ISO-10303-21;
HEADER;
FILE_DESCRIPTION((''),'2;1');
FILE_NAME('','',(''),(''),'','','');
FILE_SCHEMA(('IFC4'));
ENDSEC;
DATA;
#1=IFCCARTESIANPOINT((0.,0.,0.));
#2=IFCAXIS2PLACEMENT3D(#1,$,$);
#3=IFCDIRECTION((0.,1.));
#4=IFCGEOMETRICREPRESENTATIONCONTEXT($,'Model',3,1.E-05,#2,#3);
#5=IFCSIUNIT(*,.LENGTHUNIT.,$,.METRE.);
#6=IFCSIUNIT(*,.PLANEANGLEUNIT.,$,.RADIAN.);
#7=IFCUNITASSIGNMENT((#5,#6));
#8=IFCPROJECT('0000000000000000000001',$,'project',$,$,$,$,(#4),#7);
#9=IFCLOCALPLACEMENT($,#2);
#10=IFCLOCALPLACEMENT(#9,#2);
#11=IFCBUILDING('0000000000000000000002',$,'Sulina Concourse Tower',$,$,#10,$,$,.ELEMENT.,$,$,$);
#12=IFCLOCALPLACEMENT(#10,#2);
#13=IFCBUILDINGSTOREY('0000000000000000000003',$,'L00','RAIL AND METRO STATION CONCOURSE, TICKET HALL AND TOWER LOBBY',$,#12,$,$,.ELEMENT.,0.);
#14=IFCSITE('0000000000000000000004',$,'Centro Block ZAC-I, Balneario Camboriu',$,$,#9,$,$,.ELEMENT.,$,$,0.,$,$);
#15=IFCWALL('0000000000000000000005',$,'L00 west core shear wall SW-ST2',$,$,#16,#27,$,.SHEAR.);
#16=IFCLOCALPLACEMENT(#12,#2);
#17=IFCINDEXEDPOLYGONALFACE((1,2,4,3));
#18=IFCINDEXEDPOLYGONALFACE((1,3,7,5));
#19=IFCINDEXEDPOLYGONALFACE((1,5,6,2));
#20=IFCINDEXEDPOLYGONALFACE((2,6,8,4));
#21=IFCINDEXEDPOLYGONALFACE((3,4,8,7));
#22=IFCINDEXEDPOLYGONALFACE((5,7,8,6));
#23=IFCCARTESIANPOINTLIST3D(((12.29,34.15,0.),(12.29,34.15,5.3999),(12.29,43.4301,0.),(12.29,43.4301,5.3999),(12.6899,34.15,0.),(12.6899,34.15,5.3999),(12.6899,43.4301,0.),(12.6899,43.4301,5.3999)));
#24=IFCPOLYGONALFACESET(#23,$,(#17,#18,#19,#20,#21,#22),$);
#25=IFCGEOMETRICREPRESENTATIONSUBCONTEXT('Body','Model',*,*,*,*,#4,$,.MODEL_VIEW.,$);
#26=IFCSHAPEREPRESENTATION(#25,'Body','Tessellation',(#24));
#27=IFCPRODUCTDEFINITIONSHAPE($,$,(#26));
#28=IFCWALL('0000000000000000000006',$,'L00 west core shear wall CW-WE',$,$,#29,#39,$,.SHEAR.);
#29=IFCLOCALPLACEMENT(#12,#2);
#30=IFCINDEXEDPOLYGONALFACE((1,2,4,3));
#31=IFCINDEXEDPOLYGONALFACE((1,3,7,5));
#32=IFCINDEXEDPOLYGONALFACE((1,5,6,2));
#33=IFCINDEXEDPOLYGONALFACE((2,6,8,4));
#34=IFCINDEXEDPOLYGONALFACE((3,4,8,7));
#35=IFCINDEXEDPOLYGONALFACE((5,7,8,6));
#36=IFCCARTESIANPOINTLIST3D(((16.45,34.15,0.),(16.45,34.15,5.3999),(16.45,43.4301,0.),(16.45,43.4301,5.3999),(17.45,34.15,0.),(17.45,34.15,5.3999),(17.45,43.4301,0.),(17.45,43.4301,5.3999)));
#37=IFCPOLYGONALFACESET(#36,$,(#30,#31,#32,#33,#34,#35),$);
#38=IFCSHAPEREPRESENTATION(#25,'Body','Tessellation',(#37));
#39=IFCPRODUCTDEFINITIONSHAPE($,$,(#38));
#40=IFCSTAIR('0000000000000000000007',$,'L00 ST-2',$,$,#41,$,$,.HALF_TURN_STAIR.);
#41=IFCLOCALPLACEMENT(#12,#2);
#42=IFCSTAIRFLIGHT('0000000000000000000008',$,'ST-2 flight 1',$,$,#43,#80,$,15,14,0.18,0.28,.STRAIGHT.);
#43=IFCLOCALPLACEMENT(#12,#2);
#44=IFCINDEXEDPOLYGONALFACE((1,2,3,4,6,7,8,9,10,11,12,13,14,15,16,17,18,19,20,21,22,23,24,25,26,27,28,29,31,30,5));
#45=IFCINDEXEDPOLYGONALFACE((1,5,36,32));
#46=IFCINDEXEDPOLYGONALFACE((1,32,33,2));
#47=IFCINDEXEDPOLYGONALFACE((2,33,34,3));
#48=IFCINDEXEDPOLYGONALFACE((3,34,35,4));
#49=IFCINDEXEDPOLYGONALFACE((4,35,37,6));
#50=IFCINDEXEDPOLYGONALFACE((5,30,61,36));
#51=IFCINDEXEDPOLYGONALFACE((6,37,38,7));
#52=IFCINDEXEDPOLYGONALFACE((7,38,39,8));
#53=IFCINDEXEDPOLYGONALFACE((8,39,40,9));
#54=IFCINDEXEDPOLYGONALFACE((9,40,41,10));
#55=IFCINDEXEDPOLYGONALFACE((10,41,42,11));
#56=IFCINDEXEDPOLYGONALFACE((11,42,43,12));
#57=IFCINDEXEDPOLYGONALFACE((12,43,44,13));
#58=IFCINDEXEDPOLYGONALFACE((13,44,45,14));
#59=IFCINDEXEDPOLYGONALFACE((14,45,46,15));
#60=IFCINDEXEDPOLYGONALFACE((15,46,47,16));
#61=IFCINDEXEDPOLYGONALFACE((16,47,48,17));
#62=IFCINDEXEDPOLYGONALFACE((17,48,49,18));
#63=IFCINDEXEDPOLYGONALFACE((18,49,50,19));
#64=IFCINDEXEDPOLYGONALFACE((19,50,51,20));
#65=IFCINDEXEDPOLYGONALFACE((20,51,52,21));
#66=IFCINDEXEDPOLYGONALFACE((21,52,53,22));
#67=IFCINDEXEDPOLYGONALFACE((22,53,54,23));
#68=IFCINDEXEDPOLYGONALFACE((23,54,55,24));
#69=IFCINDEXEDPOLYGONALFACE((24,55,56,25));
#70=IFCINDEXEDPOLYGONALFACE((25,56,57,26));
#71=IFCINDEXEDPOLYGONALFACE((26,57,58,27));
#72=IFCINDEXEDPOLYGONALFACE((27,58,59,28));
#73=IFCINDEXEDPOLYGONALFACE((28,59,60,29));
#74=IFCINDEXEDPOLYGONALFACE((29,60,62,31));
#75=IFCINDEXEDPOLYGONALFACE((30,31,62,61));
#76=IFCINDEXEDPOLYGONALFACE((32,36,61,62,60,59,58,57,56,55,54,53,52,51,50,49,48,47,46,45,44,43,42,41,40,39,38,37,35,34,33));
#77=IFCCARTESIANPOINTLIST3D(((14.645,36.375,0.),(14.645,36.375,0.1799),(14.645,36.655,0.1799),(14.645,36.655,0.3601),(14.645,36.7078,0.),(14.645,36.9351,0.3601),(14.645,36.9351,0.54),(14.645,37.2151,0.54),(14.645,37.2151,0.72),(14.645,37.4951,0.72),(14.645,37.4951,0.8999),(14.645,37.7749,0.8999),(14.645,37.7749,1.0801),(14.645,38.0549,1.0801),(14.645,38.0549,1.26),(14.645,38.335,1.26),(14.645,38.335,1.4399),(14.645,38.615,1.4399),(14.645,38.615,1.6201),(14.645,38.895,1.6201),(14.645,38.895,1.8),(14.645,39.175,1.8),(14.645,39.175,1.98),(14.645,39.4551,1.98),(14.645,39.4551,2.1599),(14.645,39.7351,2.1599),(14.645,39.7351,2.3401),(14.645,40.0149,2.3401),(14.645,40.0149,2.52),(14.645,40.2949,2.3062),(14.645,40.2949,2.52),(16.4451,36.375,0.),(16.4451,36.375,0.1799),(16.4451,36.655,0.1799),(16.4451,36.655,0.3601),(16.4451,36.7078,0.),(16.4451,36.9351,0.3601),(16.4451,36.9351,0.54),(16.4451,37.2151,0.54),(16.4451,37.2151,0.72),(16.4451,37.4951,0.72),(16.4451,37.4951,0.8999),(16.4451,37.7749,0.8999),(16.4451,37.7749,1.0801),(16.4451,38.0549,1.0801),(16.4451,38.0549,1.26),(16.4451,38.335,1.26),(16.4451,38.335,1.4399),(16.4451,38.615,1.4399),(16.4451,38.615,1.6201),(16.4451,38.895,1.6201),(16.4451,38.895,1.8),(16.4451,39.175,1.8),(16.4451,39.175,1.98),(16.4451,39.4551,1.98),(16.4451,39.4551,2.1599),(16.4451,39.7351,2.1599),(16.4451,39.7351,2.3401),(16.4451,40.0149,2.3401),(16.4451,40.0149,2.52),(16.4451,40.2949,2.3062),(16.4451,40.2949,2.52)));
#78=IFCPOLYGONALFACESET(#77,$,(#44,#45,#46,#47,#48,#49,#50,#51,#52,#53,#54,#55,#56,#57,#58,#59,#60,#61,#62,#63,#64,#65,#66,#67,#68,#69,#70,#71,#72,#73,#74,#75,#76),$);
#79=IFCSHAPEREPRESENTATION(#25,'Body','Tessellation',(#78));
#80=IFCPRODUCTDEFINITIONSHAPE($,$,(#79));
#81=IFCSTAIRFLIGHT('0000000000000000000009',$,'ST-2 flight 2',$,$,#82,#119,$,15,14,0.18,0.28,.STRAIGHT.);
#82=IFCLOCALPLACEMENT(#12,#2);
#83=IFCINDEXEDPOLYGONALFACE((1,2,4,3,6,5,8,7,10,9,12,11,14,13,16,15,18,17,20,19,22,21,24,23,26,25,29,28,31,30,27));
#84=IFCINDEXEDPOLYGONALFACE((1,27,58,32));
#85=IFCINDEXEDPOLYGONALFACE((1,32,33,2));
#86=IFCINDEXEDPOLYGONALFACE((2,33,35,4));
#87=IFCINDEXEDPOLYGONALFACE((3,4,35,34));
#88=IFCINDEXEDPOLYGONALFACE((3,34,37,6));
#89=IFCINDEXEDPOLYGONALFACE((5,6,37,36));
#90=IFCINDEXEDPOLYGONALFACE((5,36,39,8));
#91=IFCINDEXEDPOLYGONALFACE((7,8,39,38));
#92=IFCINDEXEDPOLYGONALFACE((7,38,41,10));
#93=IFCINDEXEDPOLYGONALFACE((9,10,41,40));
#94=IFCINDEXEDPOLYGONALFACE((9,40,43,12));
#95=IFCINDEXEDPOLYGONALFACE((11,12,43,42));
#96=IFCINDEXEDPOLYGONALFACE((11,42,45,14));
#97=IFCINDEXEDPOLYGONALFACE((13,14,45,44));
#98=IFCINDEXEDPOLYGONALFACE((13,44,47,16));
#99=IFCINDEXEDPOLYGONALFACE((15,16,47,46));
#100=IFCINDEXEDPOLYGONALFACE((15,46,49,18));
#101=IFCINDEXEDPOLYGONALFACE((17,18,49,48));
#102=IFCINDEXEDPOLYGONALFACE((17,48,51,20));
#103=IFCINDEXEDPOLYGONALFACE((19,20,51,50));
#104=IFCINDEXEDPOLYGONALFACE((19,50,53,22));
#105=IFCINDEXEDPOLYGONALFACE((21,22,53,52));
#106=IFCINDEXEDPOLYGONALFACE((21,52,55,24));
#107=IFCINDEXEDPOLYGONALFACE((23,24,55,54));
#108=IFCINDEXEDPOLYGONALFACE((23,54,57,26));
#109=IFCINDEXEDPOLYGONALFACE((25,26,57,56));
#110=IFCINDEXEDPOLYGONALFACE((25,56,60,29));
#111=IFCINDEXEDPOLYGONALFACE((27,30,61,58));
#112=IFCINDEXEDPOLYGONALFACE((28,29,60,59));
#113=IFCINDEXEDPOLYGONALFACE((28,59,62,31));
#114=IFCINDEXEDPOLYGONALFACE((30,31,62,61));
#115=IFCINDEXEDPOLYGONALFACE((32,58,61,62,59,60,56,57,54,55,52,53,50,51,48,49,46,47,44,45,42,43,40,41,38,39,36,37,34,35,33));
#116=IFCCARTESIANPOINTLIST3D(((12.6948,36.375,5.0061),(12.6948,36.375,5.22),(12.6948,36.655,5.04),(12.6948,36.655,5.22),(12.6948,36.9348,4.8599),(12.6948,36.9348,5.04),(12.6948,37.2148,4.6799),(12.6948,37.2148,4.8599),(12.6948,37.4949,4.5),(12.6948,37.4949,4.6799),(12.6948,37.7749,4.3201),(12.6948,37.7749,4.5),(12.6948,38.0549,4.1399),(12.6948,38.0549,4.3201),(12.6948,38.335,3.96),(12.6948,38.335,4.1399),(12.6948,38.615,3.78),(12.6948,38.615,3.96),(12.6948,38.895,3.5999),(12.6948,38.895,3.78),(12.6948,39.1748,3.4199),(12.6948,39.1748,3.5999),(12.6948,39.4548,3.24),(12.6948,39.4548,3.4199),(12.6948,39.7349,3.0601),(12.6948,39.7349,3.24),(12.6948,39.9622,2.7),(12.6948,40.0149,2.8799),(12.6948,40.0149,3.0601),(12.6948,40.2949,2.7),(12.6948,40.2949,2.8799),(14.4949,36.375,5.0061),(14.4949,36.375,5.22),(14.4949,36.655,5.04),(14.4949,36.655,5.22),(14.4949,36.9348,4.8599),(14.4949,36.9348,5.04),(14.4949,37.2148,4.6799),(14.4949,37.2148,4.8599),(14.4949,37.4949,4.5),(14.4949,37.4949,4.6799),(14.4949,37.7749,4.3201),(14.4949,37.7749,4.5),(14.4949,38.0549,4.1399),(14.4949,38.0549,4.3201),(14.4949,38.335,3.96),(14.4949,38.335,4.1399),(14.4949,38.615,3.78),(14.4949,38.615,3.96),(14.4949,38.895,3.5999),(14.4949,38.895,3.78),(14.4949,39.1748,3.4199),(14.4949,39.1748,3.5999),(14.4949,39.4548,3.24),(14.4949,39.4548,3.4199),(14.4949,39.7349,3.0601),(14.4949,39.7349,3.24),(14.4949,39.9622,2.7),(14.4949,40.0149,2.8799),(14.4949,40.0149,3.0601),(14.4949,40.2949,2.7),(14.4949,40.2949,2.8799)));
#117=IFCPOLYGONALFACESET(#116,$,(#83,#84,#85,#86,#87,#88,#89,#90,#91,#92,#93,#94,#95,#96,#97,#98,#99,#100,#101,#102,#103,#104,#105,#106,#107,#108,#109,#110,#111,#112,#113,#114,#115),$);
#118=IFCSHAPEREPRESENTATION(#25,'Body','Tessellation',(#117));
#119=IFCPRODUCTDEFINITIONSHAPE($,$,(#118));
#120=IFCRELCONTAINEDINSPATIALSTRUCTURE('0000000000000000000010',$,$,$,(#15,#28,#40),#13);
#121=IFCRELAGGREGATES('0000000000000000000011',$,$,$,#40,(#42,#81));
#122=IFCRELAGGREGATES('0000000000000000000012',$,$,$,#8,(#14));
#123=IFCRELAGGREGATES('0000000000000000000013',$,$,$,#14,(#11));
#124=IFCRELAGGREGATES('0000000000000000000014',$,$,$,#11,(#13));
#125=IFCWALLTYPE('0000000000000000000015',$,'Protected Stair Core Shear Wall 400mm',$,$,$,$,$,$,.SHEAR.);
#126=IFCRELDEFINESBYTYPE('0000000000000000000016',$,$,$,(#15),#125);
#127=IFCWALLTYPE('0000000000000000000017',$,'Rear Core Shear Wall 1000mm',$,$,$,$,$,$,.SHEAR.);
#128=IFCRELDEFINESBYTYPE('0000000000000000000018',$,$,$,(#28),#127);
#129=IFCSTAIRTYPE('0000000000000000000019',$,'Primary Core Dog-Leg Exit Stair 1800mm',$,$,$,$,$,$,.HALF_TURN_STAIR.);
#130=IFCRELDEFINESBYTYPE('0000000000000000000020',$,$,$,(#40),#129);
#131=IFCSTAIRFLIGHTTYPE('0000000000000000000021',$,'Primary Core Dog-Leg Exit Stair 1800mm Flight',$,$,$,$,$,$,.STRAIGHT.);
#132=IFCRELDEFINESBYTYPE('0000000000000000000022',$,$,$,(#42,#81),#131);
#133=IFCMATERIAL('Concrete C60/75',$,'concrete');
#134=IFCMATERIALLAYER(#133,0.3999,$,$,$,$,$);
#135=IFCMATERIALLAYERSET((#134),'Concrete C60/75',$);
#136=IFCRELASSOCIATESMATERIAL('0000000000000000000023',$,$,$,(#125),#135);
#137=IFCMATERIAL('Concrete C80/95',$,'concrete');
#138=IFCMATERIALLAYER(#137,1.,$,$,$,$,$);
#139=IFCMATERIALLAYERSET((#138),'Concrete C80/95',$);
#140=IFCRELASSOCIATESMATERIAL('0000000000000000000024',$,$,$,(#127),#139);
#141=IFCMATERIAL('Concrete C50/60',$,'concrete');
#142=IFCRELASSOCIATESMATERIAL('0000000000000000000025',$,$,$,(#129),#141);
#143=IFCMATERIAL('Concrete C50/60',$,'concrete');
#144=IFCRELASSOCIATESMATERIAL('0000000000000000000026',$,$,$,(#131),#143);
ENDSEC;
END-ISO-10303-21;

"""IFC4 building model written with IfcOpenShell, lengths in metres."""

from ifc_helpers import new_model, si_unit, direction, frame, frame_2d, origin, place, context, subcontext, project, spatial, polyline, rectangle, outline, extrude, material, layer, layer_set, type_object, element, aggregate, save


model = new_model("IFC4")

# Units and contexts
model_context = context("Model", 3, precision=1e-05, world=origin(), true_north=direction((0.0, 1.0)))
body_context = subcontext(model_context, "Body", "Model", "MODEL_VIEW")
ifc_project = project(units=[si_unit("LENGTHUNIT", "METRE"), si_unit("PLANEANGLEUNIT", "RADIAN")], contexts=[model_context])

# Site, building, storey
site_placement = place(None, origin())
site = spatial("IfcSite", under=ifc_project, at=site_placement, Name="Centro Block ZAC-I, Balneario Camboriu", CompositionType="ELEMENT", RefElevation=0.0)
building_placement = place(site_placement, origin())
building = spatial("IfcBuilding", under=site, at=building_placement, Name="Sulina Concourse Tower", CompositionType="ELEMENT")
storey_placement = place(building_placement, origin())
storey = spatial("IfcBuildingStorey", under=building, at=storey_placement, Name="L00", Description="RAIL AND METRO STATION CONCOURSE, TICKET HALL AND TOWER LOBBY", CompositionType="ELEMENT", Elevation=0.0)

# Shared definitions
ifc_material_1 = material(Name="Concrete C60/75", Category="concrete")
ifc_layer_1 = layer(ifc_material_1, 0.3999)
ifc_layer_set_1 = layer_set([ifc_layer_1], Name="Concrete C60/75")
wall_type_1 = type_object("IfcWallType", Name="Protected Stair Core Shear Wall 400mm", PredefinedType="SHEAR", material=ifc_layer_set_1)

# Walls
wall_1_placement = place(storey_placement, frame((12.49, 34.1499, 0.0), z_axis=(0.0, 0.0, 1.0), x_axis=(0.0, 1.0, 0.0)))
element("IfcWall", 1, at=wall_1_placement, inside=storey, type_object=wall_type_1, Name="L00 west core shear wall SW-ST2", PredefinedType="SHEAR", context=body_context, shape_type="SweptSolid", body=[
    extrude(rectangle(XDim=9.28, YDim=0.3999, at=frame_2d((4.6401, 0.0))), origin(), (0.0, 0.0, 1.0), 5.3999),
])
ifc_material_2 = material(Name="Concrete C80/95", Category="concrete")
ifc_layer_2 = layer(ifc_material_2, 1.0)
ifc_layer_set_2 = layer_set([ifc_layer_2], Name="Concrete C80/95")
wall_type_2 = type_object("IfcWallType", Name="Rear Core Shear Wall 1000mm", PredefinedType="SHEAR", material=ifc_layer_set_2)
wall_2_placement = place(storey_placement, frame((16.95, 34.1499, 0.0), z_axis=(0.0, 0.0, 1.0), x_axis=(0.0, 1.0, 0.0)))
element("IfcWall", 2, at=wall_2_placement, inside=storey, type_object=wall_type_2, Name="L00 west core shear wall CW-WE", PredefinedType="SHEAR", context=body_context, shape_type="SweptSolid", body=[
    extrude(rectangle(XDim=9.28, YDim=1.0, at=frame_2d((4.6401, 0.0))), origin(), (0.0, 0.0, 1.0), 5.3999),
])

# Stair, stair flights
ifc_material_3 = material(Name="Concrete C50/60", Category="concrete")
stair_type = type_object("IfcStairType", Name="Primary Core Dog-Leg Exit Stair 1800mm", PredefinedType="HALF_TURN_STAIR", material=ifc_material_3)
stair_placement = place(storey_placement, origin())
stair = element("IfcStair", 3, at=stair_placement, inside=storey, type_object=stair_type, Name="L00 ST-2", PredefinedType="HALF_TURN_STAIR")
ifc_material_4 = material(Name="Concrete C50/60", Category="concrete")
stair_flight_type = type_object("IfcStairFlightType", Name="Primary Core Dog-Leg Exit Stair 1800mm Flight", PredefinedType="STRAIGHT", material=ifc_material_4)
stair_flight_1_placement = place(storey_placement, frame((15.5449, 36.375, 0.0), z_axis=(0.0, 0.0, 1.0), x_axis=(0.0, 1.0, 0.0)))
stair_flight_1 = element("IfcStairFlight", 4, at=stair_flight_1_placement, type_object=stair_flight_type, Name="ST-2 flight 1", NumberOfRisers=15, NumberOfTreads=14, PredefinedType="STRAIGHT", RiserHeight=0.18, TreadLength=0.28, context=body_context, shape_type="SweptSolid", body=[
    extrude(outline(polyline([(0.0, 0.0), (0.0, 0.1799), (0.28, 0.1799), (0.28, 0.3601), (0.5601, 0.3601), (0.5601, 0.54), (0.8401, 0.54), (0.8401, 0.72), (1.1201, 0.72), (1.1201, 0.8999), (1.3999, 0.8999), (1.3999, 1.0801), (1.6799, 1.0801), (1.6799, 1.26), (1.96, 1.26), (1.96, 1.4399), (2.24, 1.4399), (2.24, 1.6201), (2.52, 1.6201), (2.52, 1.8), (2.8, 1.8), (2.8, 1.98), (3.0801, 1.98), (3.0801, 2.1599), (3.3601, 2.1599), (3.3601, 2.3401), (3.6399, 2.3401), (3.6399, 2.52), (3.9199, 2.52), (3.9199, 2.7), (3.9199, 2.3062), (0.3328, 0.0), (0.0, 0.0)])), frame((0.0, 0.8999, 0.0), z_axis=(0.0, -1.0, 0.0), x_axis=(1.0, 0.0, 0.0)), (0.0, 0.0, 1.0), 1.8),
])
stair_flight_2_placement = place(storey_placement, frame((13.595, 40.2949, 2.7), z_axis=(0.0, 0.0, 1.0), x_axis=(0.0, -1.0, 0.0)))
stair_flight_2 = element("IfcStairFlight", 5, at=stair_flight_2_placement, type_object=stair_flight_type, Name="ST-2 flight 2", NumberOfRisers=15, NumberOfTreads=14, PredefinedType="STRAIGHT", RiserHeight=0.18, TreadLength=0.28, context=body_context, shape_type="SweptSolid", body=[
    extrude(outline(polyline([(0.0, 0.0), (0.0, 0.1799), (0.28, 0.1799), (0.28, 0.3601), (0.5601, 0.3601), (0.5601, 0.54), (0.8401, 0.54), (0.8401, 0.72), (1.1201, 0.72), (1.1201, 0.8999), (1.3999, 0.8999), (1.3999, 1.0801), (1.6799, 1.0801), (1.6799, 1.26), (1.96, 1.26), (1.96, 1.4399), (2.24, 1.4399), (2.24, 1.6201), (2.52, 1.6201), (2.52, 1.8), (2.8, 1.8), (2.8, 1.98), (3.0801, 1.98), (3.0801, 2.1599), (3.3601, 2.1599), (3.3601, 2.3401), (3.6399, 2.3401), (3.6399, 2.52), (3.9199, 2.52), (3.9199, 2.7), (3.9199, 2.3062), (0.3328, 0.0), (0.0, 0.0)])), frame((0.0, 0.8999, 0.0), z_axis=(0.0, -1.0, 0.0), x_axis=(1.0, 0.0, 0.0)), (0.0, 0.0, 1.0), 1.8),
])
aggregate(stair, [stair_flight_1, stair_flight_2])

save(model, "model.ifc")
